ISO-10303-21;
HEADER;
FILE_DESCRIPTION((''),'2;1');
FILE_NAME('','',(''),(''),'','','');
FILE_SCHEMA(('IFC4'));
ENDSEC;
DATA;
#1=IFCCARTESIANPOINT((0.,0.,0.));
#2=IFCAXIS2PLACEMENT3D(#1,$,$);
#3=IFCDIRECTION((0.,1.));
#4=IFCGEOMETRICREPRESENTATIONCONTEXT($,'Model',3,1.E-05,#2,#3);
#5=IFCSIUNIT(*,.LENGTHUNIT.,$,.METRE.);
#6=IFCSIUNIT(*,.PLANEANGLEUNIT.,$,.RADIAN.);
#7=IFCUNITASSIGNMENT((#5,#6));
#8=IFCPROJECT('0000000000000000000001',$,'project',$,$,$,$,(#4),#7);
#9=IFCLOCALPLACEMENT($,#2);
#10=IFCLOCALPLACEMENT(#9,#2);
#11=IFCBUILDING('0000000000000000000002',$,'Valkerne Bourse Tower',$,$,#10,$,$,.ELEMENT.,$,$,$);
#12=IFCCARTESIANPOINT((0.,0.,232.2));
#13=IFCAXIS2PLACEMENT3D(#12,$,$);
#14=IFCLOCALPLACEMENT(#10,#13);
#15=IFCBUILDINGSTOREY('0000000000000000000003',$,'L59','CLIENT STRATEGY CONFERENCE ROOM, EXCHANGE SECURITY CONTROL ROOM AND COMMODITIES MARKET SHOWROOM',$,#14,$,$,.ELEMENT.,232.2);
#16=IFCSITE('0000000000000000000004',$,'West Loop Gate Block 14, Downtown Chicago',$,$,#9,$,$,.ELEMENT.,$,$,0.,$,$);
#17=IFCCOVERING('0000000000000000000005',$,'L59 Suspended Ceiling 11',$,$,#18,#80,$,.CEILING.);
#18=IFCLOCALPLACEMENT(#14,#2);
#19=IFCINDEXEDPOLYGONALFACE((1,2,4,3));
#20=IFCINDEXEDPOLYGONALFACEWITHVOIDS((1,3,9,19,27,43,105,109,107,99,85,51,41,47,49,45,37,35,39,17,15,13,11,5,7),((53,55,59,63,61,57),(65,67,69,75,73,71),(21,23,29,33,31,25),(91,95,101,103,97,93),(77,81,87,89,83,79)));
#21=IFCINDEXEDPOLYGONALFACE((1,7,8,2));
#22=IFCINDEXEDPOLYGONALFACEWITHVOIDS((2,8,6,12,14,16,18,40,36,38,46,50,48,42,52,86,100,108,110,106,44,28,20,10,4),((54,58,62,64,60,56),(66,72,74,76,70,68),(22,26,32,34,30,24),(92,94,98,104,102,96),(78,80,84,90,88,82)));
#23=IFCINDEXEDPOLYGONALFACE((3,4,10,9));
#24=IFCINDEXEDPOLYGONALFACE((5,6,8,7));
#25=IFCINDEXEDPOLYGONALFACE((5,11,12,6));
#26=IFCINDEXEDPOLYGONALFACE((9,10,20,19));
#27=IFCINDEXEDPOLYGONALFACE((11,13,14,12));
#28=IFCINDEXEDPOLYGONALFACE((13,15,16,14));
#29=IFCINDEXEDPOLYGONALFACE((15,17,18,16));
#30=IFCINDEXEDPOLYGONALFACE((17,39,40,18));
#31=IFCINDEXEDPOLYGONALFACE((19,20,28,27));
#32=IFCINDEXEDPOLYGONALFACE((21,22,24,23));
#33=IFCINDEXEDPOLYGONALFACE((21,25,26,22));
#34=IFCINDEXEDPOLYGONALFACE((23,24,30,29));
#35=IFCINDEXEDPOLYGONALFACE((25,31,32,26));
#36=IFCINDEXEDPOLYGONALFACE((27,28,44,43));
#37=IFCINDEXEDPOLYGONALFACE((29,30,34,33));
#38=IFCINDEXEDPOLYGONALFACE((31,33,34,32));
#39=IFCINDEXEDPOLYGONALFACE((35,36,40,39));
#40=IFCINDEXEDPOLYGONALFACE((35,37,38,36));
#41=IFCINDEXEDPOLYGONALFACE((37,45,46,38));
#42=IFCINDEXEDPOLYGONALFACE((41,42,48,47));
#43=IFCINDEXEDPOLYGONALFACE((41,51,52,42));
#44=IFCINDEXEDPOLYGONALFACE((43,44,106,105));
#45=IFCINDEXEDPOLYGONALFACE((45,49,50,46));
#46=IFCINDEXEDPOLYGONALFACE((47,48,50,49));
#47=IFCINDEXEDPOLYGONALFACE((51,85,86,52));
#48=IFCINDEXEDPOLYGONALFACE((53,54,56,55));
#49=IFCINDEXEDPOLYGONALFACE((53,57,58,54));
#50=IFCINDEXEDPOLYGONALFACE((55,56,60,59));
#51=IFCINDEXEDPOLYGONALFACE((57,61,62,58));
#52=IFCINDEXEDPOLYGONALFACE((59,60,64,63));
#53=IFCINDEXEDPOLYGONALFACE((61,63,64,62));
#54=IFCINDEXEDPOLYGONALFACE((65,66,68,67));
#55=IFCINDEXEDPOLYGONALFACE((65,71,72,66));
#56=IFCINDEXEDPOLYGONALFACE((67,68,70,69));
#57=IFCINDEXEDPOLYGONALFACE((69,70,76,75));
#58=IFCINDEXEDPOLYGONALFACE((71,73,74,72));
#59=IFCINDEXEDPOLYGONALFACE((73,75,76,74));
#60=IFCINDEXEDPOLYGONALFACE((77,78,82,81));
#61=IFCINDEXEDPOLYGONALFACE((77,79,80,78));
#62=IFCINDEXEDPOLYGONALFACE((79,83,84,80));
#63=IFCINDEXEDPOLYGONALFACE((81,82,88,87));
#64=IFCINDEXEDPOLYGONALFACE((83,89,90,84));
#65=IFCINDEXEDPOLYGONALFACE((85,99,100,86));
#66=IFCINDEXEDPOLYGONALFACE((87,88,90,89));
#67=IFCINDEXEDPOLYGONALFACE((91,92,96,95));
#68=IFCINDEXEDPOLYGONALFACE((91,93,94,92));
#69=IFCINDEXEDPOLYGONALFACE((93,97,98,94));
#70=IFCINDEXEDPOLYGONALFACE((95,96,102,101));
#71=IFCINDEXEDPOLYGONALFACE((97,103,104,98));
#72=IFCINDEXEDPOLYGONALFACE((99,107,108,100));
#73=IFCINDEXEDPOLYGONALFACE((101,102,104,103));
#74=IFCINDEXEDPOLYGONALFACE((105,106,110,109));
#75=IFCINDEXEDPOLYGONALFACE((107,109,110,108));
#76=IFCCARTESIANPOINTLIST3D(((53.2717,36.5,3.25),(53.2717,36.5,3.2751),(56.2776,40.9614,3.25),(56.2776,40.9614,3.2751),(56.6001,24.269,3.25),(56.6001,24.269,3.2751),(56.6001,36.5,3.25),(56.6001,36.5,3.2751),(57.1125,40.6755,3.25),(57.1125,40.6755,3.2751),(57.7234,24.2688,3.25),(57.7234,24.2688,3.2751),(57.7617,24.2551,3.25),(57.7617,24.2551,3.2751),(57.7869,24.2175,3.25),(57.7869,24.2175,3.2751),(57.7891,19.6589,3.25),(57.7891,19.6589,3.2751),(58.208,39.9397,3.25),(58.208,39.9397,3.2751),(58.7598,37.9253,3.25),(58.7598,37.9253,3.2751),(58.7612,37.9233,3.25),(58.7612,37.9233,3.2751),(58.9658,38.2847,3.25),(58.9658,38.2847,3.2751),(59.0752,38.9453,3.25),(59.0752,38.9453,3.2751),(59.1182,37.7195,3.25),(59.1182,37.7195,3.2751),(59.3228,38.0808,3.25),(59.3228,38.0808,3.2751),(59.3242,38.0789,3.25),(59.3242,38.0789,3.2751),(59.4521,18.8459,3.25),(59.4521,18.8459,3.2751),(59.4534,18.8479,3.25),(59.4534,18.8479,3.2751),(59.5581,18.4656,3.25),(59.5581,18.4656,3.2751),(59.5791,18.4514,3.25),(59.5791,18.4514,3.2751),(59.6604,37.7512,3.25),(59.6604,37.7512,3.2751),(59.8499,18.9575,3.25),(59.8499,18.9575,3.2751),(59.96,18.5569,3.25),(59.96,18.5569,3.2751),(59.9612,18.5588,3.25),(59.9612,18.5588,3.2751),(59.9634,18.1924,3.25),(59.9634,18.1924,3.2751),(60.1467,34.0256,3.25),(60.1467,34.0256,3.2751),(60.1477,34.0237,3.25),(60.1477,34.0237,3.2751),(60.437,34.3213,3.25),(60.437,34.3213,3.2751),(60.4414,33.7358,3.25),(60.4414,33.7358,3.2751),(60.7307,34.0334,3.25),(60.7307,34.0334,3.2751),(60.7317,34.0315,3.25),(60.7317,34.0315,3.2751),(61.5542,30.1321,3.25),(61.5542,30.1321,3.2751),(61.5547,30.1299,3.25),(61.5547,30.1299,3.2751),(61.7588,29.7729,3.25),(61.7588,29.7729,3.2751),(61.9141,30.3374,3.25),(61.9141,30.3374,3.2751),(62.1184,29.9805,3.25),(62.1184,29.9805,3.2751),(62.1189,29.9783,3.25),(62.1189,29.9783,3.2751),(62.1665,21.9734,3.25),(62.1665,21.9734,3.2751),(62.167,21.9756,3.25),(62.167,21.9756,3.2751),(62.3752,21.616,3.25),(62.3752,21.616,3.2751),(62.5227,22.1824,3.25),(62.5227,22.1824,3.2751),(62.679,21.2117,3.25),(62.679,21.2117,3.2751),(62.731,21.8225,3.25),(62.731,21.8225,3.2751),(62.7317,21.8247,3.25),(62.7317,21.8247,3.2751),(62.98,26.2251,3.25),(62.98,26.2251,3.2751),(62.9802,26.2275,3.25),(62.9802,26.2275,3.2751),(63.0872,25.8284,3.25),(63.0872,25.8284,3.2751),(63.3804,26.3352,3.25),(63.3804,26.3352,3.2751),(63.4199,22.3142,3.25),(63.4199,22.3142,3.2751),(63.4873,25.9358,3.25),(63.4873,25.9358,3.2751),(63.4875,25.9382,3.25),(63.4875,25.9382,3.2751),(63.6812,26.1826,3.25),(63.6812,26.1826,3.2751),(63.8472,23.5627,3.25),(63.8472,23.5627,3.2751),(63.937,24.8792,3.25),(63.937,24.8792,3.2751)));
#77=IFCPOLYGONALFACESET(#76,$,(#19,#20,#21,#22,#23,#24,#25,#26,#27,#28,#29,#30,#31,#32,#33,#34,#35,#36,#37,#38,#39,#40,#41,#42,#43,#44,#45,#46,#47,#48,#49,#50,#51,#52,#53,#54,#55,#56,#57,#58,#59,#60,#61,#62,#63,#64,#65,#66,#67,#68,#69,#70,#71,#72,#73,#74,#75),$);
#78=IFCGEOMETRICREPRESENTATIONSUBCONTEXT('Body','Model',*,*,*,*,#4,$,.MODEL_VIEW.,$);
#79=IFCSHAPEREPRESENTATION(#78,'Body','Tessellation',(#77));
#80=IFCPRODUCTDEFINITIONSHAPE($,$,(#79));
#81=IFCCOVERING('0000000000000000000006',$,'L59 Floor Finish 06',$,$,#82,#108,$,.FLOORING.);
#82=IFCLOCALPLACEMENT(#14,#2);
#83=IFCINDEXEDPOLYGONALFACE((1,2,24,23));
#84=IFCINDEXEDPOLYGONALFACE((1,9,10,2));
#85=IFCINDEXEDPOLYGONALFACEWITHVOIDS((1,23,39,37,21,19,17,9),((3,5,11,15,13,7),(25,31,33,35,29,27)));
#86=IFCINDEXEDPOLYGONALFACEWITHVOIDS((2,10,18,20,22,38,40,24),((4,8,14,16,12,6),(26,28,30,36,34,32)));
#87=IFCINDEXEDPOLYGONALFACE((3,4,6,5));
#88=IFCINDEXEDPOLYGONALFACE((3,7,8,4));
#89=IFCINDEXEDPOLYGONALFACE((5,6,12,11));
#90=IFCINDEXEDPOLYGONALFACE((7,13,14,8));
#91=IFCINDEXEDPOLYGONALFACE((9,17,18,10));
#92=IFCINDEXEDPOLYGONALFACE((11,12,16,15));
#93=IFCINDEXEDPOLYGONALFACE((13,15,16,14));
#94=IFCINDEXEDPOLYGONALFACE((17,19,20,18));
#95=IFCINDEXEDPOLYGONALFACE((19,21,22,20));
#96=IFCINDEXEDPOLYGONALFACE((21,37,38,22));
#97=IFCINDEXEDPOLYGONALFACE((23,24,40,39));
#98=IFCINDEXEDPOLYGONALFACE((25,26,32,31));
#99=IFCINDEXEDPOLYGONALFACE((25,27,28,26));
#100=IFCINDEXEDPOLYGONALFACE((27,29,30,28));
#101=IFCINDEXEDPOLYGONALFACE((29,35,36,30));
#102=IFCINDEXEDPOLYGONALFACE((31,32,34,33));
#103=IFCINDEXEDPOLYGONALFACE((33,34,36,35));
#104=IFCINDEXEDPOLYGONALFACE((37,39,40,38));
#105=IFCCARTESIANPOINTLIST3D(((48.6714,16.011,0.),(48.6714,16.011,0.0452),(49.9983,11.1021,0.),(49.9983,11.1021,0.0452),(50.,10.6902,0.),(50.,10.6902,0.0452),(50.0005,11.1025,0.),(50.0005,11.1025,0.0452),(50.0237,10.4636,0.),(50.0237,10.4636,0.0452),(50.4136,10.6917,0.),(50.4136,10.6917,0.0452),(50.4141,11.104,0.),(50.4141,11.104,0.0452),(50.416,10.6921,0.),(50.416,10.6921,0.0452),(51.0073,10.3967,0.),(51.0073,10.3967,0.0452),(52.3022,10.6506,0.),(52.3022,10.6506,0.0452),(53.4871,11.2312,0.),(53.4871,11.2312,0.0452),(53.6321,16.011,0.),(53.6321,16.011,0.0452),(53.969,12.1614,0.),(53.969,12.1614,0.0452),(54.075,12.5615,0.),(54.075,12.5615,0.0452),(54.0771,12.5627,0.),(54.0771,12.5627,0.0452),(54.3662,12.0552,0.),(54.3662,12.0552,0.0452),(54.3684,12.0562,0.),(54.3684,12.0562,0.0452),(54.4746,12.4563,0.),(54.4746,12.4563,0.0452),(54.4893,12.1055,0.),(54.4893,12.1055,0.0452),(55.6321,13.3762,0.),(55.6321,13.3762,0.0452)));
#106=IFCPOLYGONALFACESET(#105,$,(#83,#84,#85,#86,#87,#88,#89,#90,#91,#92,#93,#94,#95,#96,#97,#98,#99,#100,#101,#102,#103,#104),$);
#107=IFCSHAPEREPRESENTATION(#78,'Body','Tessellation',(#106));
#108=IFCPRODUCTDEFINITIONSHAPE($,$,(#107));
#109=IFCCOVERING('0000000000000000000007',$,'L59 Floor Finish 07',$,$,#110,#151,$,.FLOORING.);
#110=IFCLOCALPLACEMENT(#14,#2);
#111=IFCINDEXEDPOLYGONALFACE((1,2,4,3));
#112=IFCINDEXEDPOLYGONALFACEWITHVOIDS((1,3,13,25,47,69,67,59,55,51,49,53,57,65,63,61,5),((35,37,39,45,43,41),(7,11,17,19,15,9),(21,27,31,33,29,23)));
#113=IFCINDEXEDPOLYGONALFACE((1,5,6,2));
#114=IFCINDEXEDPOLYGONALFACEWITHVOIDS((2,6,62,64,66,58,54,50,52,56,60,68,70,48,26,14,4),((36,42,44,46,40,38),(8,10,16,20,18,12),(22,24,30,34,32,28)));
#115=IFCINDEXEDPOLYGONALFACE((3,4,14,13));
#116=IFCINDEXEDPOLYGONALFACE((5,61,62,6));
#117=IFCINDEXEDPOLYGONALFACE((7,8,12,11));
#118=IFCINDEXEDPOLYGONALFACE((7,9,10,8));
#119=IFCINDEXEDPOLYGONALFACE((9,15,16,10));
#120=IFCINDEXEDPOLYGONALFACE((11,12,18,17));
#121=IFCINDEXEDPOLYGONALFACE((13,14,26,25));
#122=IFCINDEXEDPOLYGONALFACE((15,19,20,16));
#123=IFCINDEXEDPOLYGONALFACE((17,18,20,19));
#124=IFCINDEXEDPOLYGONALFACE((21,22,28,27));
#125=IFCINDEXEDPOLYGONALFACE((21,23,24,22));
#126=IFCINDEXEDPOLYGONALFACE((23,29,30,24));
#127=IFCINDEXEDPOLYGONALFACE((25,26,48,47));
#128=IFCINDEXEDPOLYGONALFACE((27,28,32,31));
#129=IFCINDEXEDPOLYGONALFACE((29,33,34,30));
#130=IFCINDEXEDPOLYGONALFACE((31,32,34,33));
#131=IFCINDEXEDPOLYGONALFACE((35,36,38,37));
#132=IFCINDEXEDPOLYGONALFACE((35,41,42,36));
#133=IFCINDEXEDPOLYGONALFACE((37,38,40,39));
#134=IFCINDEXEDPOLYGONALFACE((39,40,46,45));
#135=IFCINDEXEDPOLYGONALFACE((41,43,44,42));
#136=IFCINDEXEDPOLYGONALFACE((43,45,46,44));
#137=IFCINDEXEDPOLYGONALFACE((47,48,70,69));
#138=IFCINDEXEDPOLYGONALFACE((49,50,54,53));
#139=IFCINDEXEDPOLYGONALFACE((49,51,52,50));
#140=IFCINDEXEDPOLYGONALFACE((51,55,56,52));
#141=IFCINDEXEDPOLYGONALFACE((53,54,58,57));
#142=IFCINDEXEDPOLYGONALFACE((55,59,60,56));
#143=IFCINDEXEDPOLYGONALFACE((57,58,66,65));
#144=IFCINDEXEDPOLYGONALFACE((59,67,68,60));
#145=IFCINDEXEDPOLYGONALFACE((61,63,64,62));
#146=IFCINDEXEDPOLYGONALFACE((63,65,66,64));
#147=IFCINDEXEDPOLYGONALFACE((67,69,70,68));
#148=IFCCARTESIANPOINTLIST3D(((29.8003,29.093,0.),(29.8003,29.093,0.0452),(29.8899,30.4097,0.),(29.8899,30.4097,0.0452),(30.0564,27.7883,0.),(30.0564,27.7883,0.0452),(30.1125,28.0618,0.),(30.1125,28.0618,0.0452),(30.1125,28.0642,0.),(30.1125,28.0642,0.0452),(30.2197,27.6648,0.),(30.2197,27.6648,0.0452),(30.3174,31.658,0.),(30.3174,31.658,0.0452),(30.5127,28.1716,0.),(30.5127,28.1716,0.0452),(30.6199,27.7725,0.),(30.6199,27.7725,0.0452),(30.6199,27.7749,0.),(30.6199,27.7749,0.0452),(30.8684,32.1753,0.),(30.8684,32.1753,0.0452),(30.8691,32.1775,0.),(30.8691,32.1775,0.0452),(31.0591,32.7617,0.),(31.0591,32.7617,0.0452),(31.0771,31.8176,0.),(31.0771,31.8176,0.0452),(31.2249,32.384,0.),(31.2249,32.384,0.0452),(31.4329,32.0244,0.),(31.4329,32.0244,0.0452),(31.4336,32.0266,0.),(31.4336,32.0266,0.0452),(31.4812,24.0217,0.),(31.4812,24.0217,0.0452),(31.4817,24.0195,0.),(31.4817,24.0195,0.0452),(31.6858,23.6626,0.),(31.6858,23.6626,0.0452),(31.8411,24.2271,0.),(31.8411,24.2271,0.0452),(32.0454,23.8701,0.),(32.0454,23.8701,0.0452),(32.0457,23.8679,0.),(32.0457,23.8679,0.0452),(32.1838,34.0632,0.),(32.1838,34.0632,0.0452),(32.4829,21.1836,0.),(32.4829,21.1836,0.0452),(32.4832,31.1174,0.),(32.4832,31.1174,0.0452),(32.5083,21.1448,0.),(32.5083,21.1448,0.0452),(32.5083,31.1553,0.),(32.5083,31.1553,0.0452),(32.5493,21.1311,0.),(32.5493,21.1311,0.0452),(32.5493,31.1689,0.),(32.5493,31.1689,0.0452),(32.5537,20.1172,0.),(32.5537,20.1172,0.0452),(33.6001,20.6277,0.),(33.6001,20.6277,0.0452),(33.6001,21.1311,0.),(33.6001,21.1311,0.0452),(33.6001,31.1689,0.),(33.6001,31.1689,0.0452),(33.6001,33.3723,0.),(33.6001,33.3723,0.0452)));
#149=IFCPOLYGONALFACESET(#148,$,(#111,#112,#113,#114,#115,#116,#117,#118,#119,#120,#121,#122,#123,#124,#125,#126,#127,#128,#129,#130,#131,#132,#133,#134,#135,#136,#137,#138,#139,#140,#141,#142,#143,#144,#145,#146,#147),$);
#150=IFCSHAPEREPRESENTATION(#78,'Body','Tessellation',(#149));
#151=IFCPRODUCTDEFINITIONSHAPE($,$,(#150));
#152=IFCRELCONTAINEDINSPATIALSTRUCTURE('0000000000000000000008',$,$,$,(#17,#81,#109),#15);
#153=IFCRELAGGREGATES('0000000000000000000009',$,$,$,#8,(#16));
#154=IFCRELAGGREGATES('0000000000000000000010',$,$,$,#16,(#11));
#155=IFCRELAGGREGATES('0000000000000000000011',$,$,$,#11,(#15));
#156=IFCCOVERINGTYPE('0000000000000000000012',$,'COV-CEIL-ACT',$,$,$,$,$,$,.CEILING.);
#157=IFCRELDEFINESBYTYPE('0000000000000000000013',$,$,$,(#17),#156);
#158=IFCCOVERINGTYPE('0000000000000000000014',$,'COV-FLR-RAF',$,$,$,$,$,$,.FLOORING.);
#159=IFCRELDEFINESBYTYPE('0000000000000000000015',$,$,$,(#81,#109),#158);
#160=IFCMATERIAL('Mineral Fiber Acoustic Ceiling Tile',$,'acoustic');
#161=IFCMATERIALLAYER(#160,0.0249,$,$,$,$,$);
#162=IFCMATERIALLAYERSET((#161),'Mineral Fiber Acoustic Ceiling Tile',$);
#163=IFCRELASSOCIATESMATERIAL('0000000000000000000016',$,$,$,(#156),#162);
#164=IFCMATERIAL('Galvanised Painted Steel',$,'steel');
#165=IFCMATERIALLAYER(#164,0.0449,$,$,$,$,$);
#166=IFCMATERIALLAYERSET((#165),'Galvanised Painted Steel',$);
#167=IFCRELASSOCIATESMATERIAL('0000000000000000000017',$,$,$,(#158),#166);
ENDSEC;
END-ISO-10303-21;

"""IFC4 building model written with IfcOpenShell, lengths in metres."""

from ifc_helpers import new_model, si_unit, direction, frame, origin, place, context, subcontext, project, spatial, polyline, outline, extrude, material, layer, layer_set, type_object, element, save


model = new_model("IFC4")

# Units and contexts
model_context = context("Model", 3, precision=1e-05, world=origin(), true_north=direction((0.0, 1.0)))
body_context = subcontext(model_context, "Body", "Model", "MODEL_VIEW")
ifc_project = project(units=[si_unit("LENGTHUNIT", "METRE"), si_unit("PLANEANGLEUNIT", "RADIAN")], contexts=[model_context])

# Site, building, storey
site_placement = place(None, origin())
site = spatial("IfcSite", under=ifc_project, at=site_placement, Name="West Loop Gate Block 14, Downtown Chicago", CompositionType="ELEMENT", RefElevation=0.0)
building_placement = place(site_placement, origin())
building = spatial("IfcBuilding", under=site, at=building_placement, Name="Valkerne Bourse Tower", CompositionType="ELEMENT")
storey_placement = place(building_placement, frame((0.0, 0.0, 232.2)))
storey = spatial("IfcBuildingStorey", under=building, at=storey_placement, Name="L59", Description="CLIENT STRATEGY CONFERENCE ROOM, EXCHANGE SECURITY CONTROL ROOM AND COMMODITIES MARKET SHOWROOM", CompositionType="ELEMENT", Elevation=232.2)

# Coverings
ifc_material_1 = material(Name="Mineral Fiber Acoustic Ceiling Tile", Category="acoustic")
ifc_layer_1 = layer(ifc_material_1, 0.0249)
ifc_layer_set_1 = layer_set([ifc_layer_1], Name="Mineral Fiber Acoustic Ceiling Tile")
covering_type_1 = type_object("IfcCoveringType", Name="COV-CEIL-ACT", PredefinedType="CEILING", material=ifc_layer_set_1)
covering_1_placement = place(storey_placement, frame((0.0, 0.0, 3.25)))
element("IfcCovering", 1, at=covering_1_placement, inside=storey, type_object=covering_type_1, Name="L59 Suspended Ceiling 11", PredefinedType="CEILING", context=body_context, shape_type="SweptSolid", body=[
    extrude(outline(polyline([(63.4199, 22.3142), (62.679, 21.2117), (59.9634, 18.1924), (59.5791, 18.4514), (59.96, 18.5569), (59.9612, 18.5588), (59.8499, 18.9575), (59.4534, 18.8479), (59.4521, 18.8459), (59.5581, 18.4656), (57.7891, 19.6589), (57.7869, 24.2175), (57.7617, 24.2551), (57.7234, 24.2688), (56.6001, 24.269), (56.6001, 36.5), (53.2717, 36.5), (56.2776, 40.9614), (57.1125, 40.6755), (58.208, 39.9397), (59.0752, 38.9453), (59.6604, 37.7512), (63.6812, 26.1826), (63.937, 24.8792), (63.8472, 23.5627), (63.4199, 22.3142)]), holes=[polyline([(62.7317, 21.8247), (62.5227, 22.1824), (62.167, 21.9756), (62.1665, 21.9734), (62.3752, 21.616), (62.731, 21.8225), (62.7317, 21.8247)]), polyline([(63.4873, 25.9358), (63.4875, 25.9382), (63.3804, 26.3352), (62.9802, 26.2275), (62.98, 26.2251), (63.0872, 25.8284), (63.4873, 25.9358)]), polyline([(62.1184, 29.9805), (61.9141, 30.3374), (61.5542, 30.1321), (61.5547, 30.1299), (61.7588, 29.7729), (62.1189, 29.9783), (62.1184, 29.9805)]), polyline([(60.7307, 34.0334), (60.437, 34.3213), (60.1467, 34.0256), (60.1477, 34.0237), (60.4414, 33.7358), (60.7317, 34.0315), (60.7307, 34.0334)]), polyline([(59.3228, 38.0808), (58.9658, 38.2847), (58.7598, 37.9253), (58.7612, 37.9233), (59.1182, 37.7195), (59.3242, 38.0789), (59.3228, 38.0808)])]), origin(), (0.0, 0.0, 1.0), 0.0251),
])
ifc_material_2 = material(Name="Galvanised Painted Steel", Category="steel")
ifc_layer_2 = layer(ifc_material_2, 0.0449)
ifc_layer_set_2 = layer_set([ifc_layer_2], Name="Galvanised Painted Steel")
covering_type_2 = type_object("IfcCoveringType", Name="COV-FLR-RAF", PredefinedType="FLOORING", material=ifc_layer_set_2)
covering_2_placement = place(storey_placement, origin())
element("IfcCovering", 2, at=covering_2_placement, inside=storey, type_object=covering_type_2, Name="L59 Floor Finish 06", PredefinedType="FLOORING", context=body_context, shape_type="SweptSolid", body=[
    extrude(outline(polyline([(52.3022, 10.6506), (51.0073, 10.3967), (50.0237, 10.4636), (48.6714, 16.011), (53.6321, 16.011), (55.6321, 13.3762), (54.4893, 12.1055), (53.4871, 11.2312), (52.3022, 10.6506)]), holes=[polyline([(50.416, 10.6921), (50.4141, 11.104), (50.0005, 11.1025), (49.9983, 11.1021), (50.0, 10.6902), (50.4136, 10.6917), (50.416, 10.6921)]), polyline([(54.4746, 12.4563), (54.0771, 12.5627), (54.075, 12.5615), (53.969, 12.1614), (54.3662, 12.0552), (54.3684, 12.0562), (54.4746, 12.4563)])]), origin(), (0.0, 0.0, 1.0), 0.0452),
])
covering_3_placement = place(storey_placement, origin())
element("IfcCovering", 3, at=covering_3_placement, inside=storey, type_object=covering_type_2, Name="L59 Floor Finish 07", PredefinedType="FLOORING", context=body_context, shape_type="SweptSolid", body=[
    extrude(outline(polyline([(29.8899, 30.4097), (30.3174, 31.658), (31.0591, 32.7617), (32.1838, 34.0632), (33.6001, 33.3723), (33.6001, 31.1689), (32.5493, 31.1689), (32.5083, 31.1553), (32.4832, 31.1174), (32.4829, 21.1836), (32.5083, 21.1448), (32.5493, 21.1311), (33.6001, 21.1311), (33.6001, 20.6277), (32.5537, 20.1172), (30.0564, 27.7883), (29.8003, 29.093), (29.8899, 30.4097)]), holes=[polyline([(32.0454, 23.8701), (31.8411, 24.2271), (31.4812, 24.0217), (31.4817, 24.0195), (31.6858, 23.6626), (32.0457, 23.8679), (32.0454, 23.8701)]), polyline([(30.6199, 27.7749), (30.5127, 28.1716), (30.1125, 28.0642), (30.1125, 28.0618), (30.2197, 27.6648), (30.6199, 27.7725), (30.6199, 27.7749)]), polyline([(31.4336, 32.0266), (31.2249, 32.384), (30.8691, 32.1775), (30.8684, 32.1753), (31.0771, 31.8176), (31.4329, 32.0244), (31.4336, 32.0266)])]), origin(), (0.0, 0.0, 1.0), 0.0452),
])

save(model, "model.ifc")
